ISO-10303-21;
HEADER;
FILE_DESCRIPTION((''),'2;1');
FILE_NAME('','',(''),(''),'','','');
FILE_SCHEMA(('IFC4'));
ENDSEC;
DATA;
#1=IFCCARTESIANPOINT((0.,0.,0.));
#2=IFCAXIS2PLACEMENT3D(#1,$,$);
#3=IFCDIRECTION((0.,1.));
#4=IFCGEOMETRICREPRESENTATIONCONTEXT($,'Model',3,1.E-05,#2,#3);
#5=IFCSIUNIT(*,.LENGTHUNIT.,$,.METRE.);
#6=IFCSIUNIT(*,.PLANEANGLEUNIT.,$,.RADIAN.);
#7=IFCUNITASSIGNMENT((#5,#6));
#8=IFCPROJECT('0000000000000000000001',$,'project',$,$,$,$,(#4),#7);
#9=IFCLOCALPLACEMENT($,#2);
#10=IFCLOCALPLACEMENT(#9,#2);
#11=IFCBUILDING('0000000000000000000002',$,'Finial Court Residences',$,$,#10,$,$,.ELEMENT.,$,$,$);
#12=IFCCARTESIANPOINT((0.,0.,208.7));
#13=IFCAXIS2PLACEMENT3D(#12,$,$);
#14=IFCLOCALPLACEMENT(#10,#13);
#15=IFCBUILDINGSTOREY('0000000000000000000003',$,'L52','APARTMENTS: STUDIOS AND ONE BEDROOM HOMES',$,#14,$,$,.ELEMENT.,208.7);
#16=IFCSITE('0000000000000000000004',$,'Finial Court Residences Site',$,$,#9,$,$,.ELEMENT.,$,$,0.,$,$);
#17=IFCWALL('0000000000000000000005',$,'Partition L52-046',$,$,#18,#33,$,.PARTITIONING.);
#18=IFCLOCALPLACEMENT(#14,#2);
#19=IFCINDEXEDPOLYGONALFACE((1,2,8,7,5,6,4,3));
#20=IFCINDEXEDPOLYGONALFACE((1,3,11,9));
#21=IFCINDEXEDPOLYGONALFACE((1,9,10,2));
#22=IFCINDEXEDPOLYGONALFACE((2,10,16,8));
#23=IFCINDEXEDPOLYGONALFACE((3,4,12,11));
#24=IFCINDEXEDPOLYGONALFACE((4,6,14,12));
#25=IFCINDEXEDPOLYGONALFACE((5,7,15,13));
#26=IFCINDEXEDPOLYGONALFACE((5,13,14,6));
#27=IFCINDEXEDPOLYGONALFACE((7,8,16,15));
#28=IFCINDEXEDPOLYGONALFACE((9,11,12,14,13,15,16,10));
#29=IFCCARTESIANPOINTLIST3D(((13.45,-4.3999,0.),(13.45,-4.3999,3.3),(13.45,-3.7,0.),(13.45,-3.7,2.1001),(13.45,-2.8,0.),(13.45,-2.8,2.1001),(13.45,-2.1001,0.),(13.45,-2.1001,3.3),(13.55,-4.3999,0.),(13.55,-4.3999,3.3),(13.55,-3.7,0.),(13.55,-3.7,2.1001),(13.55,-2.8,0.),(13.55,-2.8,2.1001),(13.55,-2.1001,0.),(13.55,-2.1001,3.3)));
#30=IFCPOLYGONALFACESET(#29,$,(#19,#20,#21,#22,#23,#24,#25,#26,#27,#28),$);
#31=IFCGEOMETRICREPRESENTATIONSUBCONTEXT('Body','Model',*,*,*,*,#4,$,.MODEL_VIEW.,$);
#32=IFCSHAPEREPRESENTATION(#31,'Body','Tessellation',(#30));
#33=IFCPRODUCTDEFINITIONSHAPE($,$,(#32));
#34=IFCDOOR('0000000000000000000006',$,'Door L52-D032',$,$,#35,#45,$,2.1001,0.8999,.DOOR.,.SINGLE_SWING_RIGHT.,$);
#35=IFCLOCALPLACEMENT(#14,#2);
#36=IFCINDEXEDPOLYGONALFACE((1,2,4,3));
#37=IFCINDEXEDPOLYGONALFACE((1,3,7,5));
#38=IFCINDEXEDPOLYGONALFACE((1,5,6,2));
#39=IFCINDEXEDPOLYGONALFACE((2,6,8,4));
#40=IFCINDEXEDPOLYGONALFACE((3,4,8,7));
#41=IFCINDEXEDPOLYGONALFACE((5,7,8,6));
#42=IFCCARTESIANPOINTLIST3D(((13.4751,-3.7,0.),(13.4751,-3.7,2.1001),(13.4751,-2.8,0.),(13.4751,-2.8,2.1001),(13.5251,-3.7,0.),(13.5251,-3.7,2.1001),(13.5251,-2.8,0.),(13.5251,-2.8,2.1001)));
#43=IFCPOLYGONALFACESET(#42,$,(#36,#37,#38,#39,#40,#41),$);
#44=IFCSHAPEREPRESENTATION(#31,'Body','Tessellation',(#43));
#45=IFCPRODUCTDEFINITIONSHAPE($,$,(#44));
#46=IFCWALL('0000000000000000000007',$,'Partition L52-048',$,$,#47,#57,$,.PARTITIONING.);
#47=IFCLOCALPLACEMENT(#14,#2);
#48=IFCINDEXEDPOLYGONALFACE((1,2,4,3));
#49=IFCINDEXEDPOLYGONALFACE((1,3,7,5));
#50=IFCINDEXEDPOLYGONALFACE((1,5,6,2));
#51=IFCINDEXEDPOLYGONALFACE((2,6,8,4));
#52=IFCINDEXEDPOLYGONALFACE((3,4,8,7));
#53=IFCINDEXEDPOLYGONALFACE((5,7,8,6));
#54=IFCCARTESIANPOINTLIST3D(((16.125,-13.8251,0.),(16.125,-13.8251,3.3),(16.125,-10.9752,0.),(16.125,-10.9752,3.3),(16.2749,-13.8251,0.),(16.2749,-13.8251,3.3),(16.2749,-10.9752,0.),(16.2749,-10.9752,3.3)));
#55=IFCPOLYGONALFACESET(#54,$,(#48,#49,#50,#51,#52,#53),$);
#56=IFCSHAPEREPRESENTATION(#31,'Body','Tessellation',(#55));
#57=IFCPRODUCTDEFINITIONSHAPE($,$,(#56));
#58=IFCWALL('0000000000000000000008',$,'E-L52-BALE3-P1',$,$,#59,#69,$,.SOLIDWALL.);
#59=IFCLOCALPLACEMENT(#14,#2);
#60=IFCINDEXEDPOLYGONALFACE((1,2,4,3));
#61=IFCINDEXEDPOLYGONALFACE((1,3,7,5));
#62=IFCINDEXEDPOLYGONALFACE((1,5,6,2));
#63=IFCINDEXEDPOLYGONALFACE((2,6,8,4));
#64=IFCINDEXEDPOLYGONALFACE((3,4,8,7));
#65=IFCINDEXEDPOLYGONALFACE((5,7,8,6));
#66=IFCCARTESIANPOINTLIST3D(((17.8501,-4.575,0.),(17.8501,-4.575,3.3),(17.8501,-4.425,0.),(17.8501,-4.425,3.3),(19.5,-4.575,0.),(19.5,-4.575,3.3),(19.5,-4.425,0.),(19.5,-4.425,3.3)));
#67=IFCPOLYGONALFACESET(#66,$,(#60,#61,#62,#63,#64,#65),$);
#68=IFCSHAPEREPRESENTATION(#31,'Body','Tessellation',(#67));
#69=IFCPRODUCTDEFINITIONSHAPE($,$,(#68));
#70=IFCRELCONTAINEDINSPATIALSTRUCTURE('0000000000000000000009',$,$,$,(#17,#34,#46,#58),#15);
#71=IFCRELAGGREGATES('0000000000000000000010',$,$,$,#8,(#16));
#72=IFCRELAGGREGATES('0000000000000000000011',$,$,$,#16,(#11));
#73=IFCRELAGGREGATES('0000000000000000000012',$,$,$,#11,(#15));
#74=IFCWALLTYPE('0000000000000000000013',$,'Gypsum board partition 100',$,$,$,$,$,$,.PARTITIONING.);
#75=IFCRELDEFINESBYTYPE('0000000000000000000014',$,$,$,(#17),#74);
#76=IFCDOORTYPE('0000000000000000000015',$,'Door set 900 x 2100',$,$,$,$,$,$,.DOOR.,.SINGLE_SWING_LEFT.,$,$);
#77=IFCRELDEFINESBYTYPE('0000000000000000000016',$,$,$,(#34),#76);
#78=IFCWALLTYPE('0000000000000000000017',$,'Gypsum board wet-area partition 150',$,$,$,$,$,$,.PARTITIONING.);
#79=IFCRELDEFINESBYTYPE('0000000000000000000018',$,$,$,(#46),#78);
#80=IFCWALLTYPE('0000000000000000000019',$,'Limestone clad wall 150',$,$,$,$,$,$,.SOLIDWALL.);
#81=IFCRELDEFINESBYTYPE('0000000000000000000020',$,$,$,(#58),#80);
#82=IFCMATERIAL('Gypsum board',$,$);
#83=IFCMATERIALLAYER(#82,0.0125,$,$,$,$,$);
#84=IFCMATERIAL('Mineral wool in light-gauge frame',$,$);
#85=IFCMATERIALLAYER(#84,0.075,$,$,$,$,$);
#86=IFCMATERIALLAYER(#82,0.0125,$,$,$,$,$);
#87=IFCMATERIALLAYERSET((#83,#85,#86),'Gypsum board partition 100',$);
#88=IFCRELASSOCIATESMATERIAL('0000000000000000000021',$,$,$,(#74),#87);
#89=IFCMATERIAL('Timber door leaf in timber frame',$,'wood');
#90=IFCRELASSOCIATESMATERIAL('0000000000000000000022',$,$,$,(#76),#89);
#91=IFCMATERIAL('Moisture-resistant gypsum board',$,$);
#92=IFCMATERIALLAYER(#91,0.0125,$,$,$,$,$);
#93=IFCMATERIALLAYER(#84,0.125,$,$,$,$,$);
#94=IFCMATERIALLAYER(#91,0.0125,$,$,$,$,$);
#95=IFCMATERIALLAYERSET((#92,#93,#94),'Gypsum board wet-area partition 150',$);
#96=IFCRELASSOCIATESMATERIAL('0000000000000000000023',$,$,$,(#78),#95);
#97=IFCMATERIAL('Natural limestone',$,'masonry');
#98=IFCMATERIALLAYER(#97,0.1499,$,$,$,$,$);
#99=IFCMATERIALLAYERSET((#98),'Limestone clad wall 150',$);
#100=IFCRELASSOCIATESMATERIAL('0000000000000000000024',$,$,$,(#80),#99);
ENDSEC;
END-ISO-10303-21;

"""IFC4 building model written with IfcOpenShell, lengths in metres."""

from ifc_helpers import new_model, si_unit, direction, frame, frame_2d, origin, place, context, subcontext, project, spatial, rectangle, extrude, material, layer, layer_set, type_object, element, fill, save


model = new_model("IFC4")

# Units and contexts
model_context = context("Model", 3, precision=1e-05, world=origin(), true_north=direction((0.0, 1.0)))
body_context = subcontext(model_context, "Body", "Model", "MODEL_VIEW")
ifc_project = project(units=[si_unit("LENGTHUNIT", "METRE"), si_unit("PLANEANGLEUNIT", "RADIAN")], contexts=[model_context])

# Site, building, storey
site_placement = place(None, origin())
site = spatial("IfcSite", under=ifc_project, at=site_placement, Name="Finial Court Residences Site", CompositionType="ELEMENT", RefElevation=0.0)
building_placement = place(site_placement, origin())
building = spatial("IfcBuilding", under=site, at=building_placement, Name="Finial Court Residences", CompositionType="ELEMENT")
storey_placement = place(building_placement, frame((0.0, 0.0, 208.7)))
storey = spatial("IfcBuildingStorey", under=building, at=storey_placement, Name="L52", Description="APARTMENTS: STUDIOS AND ONE BEDROOM HOMES", CompositionType="ELEMENT", Elevation=208.7)

# Wall, opening, door
ifc_material_1 = material(Name="Gypsum board")
ifc_layer_1 = layer(ifc_material_1, 0.0125)
ifc_material_2 = material(Name="Mineral wool in light-gauge frame")
ifc_layer_2 = layer(ifc_material_2, 0.075)
ifc_layer_3 = layer(ifc_material_1, 0.0125)
ifc_layer_set_1 = layer_set([ifc_layer_1, ifc_layer_2, ifc_layer_3], Name="Gypsum board partition 100")
wall_type_1 = type_object("IfcWallType", Name="Gypsum board partition 100", PredefinedType="PARTITIONING", material=ifc_layer_set_1)
wall_1_placement = place(storey_placement, frame((13.5, -4.3999, 0.0), z_axis=(0.0, 0.0, 1.0), x_axis=(0.0, 1.0, 0.0)))
wall_1 = element("IfcWall", 1, at=wall_1_placement, inside=storey, type_object=wall_type_1, Name="Partition L52-046", PredefinedType="PARTITIONING", context=body_context, shape_type="SweptSolid", body=[
    extrude(rectangle(XDim=2.2998, YDim=0.1001, at=frame_2d((1.1499, 0.0))), origin(), (0.0, 0.0, 1.0), 3.3),
])
opening_1_placement = place(wall_1_placement, frame((0.7, 0.0, 0.0)))
opening_1 = element("IfcOpeningElement", 2, at=opening_1_placement, cuts=wall_1, PredefinedType="OPENING", context=body_context, shape_type="SweptSolid", body=[
    extrude(rectangle(XDim=0.8999, YDim=2.1001, at=frame_2d((0.45, 1.05))), frame((0.0, 0.0601, 0.0), z_axis=(0.0, -1.0, 0.0), x_axis=(1.0, 0.0, 0.0)), (0.0, 0.0, 1.0), 0.1201),
])
ifc_material_3 = material(Name="Timber door leaf in timber frame", Category="wood")
door_type_1 = type_object("IfcDoorType", Name="Door set 900 x 2100", OperationType="SINGLE_SWING_LEFT", PredefinedType="DOOR", material=ifc_material_3)
door_1_placement = place(opening_1_placement, origin())
door_1 = element("IfcDoor", 3, at=door_1_placement, inside=storey, type_object=door_type_1, Name="Door L52-D032", OperationType="SINGLE_SWING_RIGHT", OverallHeight=2.1001, OverallWidth=0.8999, PredefinedType="DOOR", context=body_context, shape_type="SweptSolid", body=[
    extrude(rectangle(XDim=0.8999, YDim=2.1001, at=frame_2d((0.45, 1.05))), frame((0.0, 0.0249, 0.0), z_axis=(0.0, -1.0, 0.0), x_axis=(1.0, 0.0, 0.0)), (0.0, 0.0, 1.0), 0.05),
])
fill(opening_1, door_1)

# Walls
ifc_material_4 = material(Name="Moisture-resistant gypsum board")
ifc_layer_4 = layer(ifc_material_4, 0.0125)
ifc_layer_5 = layer(ifc_material_2, 0.125)
ifc_layer_6 = layer(ifc_material_4, 0.0125)
ifc_layer_set_2 = layer_set([ifc_layer_4, ifc_layer_5, ifc_layer_6], Name="Gypsum board wet-area partition 150")
wall_type_2 = type_object("IfcWallType", Name="Gypsum board wet-area partition 150", PredefinedType="PARTITIONING", material=ifc_layer_set_2)
wall_2_placement = place(storey_placement, frame((16.2, -13.825, 0.0), z_axis=(0.0, 0.0, 1.0), x_axis=(0.0, 1.0, 0.0)))
element("IfcWall", 4, at=wall_2_placement, inside=storey, type_object=wall_type_2, Name="Partition L52-048", PredefinedType="PARTITIONING", context=body_context, shape_type="SweptSolid", body=[
    extrude(rectangle(XDim=2.8499, YDim=0.1499, at=frame_2d((1.4248, 0.0))), origin(), (0.0, 0.0, 1.0), 3.3),
])
ifc_material_5 = material(Name="Natural limestone", Category="masonry")
ifc_layer_7 = layer(ifc_material_5, 0.1499)
ifc_layer_set_3 = layer_set([ifc_layer_7], Name="Limestone clad wall 150")
wall_type_3 = type_object("IfcWallType", Name="Limestone clad wall 150", PredefinedType="SOLIDWALL", material=ifc_layer_set_3)
wall_3_placement = place(storey_placement, frame((17.8501, -4.5, 0.0), z_axis=(0.0, 0.0, 1.0), x_axis=(1.0, 0.0, 0.0)))
element("IfcWall", 5, at=wall_3_placement, inside=storey, type_object=wall_type_3, Name="E-L52-BALE3-P1", PredefinedType="SOLIDWALL", context=body_context, shape_type="SweptSolid", body=[
    extrude(rectangle(XDim=1.6499, YDim=0.1499, at=frame_2d((0.825, 0.0))), origin(), (0.0, 0.0, 1.0), 3.3),
])

save(model, "model.ifc")
